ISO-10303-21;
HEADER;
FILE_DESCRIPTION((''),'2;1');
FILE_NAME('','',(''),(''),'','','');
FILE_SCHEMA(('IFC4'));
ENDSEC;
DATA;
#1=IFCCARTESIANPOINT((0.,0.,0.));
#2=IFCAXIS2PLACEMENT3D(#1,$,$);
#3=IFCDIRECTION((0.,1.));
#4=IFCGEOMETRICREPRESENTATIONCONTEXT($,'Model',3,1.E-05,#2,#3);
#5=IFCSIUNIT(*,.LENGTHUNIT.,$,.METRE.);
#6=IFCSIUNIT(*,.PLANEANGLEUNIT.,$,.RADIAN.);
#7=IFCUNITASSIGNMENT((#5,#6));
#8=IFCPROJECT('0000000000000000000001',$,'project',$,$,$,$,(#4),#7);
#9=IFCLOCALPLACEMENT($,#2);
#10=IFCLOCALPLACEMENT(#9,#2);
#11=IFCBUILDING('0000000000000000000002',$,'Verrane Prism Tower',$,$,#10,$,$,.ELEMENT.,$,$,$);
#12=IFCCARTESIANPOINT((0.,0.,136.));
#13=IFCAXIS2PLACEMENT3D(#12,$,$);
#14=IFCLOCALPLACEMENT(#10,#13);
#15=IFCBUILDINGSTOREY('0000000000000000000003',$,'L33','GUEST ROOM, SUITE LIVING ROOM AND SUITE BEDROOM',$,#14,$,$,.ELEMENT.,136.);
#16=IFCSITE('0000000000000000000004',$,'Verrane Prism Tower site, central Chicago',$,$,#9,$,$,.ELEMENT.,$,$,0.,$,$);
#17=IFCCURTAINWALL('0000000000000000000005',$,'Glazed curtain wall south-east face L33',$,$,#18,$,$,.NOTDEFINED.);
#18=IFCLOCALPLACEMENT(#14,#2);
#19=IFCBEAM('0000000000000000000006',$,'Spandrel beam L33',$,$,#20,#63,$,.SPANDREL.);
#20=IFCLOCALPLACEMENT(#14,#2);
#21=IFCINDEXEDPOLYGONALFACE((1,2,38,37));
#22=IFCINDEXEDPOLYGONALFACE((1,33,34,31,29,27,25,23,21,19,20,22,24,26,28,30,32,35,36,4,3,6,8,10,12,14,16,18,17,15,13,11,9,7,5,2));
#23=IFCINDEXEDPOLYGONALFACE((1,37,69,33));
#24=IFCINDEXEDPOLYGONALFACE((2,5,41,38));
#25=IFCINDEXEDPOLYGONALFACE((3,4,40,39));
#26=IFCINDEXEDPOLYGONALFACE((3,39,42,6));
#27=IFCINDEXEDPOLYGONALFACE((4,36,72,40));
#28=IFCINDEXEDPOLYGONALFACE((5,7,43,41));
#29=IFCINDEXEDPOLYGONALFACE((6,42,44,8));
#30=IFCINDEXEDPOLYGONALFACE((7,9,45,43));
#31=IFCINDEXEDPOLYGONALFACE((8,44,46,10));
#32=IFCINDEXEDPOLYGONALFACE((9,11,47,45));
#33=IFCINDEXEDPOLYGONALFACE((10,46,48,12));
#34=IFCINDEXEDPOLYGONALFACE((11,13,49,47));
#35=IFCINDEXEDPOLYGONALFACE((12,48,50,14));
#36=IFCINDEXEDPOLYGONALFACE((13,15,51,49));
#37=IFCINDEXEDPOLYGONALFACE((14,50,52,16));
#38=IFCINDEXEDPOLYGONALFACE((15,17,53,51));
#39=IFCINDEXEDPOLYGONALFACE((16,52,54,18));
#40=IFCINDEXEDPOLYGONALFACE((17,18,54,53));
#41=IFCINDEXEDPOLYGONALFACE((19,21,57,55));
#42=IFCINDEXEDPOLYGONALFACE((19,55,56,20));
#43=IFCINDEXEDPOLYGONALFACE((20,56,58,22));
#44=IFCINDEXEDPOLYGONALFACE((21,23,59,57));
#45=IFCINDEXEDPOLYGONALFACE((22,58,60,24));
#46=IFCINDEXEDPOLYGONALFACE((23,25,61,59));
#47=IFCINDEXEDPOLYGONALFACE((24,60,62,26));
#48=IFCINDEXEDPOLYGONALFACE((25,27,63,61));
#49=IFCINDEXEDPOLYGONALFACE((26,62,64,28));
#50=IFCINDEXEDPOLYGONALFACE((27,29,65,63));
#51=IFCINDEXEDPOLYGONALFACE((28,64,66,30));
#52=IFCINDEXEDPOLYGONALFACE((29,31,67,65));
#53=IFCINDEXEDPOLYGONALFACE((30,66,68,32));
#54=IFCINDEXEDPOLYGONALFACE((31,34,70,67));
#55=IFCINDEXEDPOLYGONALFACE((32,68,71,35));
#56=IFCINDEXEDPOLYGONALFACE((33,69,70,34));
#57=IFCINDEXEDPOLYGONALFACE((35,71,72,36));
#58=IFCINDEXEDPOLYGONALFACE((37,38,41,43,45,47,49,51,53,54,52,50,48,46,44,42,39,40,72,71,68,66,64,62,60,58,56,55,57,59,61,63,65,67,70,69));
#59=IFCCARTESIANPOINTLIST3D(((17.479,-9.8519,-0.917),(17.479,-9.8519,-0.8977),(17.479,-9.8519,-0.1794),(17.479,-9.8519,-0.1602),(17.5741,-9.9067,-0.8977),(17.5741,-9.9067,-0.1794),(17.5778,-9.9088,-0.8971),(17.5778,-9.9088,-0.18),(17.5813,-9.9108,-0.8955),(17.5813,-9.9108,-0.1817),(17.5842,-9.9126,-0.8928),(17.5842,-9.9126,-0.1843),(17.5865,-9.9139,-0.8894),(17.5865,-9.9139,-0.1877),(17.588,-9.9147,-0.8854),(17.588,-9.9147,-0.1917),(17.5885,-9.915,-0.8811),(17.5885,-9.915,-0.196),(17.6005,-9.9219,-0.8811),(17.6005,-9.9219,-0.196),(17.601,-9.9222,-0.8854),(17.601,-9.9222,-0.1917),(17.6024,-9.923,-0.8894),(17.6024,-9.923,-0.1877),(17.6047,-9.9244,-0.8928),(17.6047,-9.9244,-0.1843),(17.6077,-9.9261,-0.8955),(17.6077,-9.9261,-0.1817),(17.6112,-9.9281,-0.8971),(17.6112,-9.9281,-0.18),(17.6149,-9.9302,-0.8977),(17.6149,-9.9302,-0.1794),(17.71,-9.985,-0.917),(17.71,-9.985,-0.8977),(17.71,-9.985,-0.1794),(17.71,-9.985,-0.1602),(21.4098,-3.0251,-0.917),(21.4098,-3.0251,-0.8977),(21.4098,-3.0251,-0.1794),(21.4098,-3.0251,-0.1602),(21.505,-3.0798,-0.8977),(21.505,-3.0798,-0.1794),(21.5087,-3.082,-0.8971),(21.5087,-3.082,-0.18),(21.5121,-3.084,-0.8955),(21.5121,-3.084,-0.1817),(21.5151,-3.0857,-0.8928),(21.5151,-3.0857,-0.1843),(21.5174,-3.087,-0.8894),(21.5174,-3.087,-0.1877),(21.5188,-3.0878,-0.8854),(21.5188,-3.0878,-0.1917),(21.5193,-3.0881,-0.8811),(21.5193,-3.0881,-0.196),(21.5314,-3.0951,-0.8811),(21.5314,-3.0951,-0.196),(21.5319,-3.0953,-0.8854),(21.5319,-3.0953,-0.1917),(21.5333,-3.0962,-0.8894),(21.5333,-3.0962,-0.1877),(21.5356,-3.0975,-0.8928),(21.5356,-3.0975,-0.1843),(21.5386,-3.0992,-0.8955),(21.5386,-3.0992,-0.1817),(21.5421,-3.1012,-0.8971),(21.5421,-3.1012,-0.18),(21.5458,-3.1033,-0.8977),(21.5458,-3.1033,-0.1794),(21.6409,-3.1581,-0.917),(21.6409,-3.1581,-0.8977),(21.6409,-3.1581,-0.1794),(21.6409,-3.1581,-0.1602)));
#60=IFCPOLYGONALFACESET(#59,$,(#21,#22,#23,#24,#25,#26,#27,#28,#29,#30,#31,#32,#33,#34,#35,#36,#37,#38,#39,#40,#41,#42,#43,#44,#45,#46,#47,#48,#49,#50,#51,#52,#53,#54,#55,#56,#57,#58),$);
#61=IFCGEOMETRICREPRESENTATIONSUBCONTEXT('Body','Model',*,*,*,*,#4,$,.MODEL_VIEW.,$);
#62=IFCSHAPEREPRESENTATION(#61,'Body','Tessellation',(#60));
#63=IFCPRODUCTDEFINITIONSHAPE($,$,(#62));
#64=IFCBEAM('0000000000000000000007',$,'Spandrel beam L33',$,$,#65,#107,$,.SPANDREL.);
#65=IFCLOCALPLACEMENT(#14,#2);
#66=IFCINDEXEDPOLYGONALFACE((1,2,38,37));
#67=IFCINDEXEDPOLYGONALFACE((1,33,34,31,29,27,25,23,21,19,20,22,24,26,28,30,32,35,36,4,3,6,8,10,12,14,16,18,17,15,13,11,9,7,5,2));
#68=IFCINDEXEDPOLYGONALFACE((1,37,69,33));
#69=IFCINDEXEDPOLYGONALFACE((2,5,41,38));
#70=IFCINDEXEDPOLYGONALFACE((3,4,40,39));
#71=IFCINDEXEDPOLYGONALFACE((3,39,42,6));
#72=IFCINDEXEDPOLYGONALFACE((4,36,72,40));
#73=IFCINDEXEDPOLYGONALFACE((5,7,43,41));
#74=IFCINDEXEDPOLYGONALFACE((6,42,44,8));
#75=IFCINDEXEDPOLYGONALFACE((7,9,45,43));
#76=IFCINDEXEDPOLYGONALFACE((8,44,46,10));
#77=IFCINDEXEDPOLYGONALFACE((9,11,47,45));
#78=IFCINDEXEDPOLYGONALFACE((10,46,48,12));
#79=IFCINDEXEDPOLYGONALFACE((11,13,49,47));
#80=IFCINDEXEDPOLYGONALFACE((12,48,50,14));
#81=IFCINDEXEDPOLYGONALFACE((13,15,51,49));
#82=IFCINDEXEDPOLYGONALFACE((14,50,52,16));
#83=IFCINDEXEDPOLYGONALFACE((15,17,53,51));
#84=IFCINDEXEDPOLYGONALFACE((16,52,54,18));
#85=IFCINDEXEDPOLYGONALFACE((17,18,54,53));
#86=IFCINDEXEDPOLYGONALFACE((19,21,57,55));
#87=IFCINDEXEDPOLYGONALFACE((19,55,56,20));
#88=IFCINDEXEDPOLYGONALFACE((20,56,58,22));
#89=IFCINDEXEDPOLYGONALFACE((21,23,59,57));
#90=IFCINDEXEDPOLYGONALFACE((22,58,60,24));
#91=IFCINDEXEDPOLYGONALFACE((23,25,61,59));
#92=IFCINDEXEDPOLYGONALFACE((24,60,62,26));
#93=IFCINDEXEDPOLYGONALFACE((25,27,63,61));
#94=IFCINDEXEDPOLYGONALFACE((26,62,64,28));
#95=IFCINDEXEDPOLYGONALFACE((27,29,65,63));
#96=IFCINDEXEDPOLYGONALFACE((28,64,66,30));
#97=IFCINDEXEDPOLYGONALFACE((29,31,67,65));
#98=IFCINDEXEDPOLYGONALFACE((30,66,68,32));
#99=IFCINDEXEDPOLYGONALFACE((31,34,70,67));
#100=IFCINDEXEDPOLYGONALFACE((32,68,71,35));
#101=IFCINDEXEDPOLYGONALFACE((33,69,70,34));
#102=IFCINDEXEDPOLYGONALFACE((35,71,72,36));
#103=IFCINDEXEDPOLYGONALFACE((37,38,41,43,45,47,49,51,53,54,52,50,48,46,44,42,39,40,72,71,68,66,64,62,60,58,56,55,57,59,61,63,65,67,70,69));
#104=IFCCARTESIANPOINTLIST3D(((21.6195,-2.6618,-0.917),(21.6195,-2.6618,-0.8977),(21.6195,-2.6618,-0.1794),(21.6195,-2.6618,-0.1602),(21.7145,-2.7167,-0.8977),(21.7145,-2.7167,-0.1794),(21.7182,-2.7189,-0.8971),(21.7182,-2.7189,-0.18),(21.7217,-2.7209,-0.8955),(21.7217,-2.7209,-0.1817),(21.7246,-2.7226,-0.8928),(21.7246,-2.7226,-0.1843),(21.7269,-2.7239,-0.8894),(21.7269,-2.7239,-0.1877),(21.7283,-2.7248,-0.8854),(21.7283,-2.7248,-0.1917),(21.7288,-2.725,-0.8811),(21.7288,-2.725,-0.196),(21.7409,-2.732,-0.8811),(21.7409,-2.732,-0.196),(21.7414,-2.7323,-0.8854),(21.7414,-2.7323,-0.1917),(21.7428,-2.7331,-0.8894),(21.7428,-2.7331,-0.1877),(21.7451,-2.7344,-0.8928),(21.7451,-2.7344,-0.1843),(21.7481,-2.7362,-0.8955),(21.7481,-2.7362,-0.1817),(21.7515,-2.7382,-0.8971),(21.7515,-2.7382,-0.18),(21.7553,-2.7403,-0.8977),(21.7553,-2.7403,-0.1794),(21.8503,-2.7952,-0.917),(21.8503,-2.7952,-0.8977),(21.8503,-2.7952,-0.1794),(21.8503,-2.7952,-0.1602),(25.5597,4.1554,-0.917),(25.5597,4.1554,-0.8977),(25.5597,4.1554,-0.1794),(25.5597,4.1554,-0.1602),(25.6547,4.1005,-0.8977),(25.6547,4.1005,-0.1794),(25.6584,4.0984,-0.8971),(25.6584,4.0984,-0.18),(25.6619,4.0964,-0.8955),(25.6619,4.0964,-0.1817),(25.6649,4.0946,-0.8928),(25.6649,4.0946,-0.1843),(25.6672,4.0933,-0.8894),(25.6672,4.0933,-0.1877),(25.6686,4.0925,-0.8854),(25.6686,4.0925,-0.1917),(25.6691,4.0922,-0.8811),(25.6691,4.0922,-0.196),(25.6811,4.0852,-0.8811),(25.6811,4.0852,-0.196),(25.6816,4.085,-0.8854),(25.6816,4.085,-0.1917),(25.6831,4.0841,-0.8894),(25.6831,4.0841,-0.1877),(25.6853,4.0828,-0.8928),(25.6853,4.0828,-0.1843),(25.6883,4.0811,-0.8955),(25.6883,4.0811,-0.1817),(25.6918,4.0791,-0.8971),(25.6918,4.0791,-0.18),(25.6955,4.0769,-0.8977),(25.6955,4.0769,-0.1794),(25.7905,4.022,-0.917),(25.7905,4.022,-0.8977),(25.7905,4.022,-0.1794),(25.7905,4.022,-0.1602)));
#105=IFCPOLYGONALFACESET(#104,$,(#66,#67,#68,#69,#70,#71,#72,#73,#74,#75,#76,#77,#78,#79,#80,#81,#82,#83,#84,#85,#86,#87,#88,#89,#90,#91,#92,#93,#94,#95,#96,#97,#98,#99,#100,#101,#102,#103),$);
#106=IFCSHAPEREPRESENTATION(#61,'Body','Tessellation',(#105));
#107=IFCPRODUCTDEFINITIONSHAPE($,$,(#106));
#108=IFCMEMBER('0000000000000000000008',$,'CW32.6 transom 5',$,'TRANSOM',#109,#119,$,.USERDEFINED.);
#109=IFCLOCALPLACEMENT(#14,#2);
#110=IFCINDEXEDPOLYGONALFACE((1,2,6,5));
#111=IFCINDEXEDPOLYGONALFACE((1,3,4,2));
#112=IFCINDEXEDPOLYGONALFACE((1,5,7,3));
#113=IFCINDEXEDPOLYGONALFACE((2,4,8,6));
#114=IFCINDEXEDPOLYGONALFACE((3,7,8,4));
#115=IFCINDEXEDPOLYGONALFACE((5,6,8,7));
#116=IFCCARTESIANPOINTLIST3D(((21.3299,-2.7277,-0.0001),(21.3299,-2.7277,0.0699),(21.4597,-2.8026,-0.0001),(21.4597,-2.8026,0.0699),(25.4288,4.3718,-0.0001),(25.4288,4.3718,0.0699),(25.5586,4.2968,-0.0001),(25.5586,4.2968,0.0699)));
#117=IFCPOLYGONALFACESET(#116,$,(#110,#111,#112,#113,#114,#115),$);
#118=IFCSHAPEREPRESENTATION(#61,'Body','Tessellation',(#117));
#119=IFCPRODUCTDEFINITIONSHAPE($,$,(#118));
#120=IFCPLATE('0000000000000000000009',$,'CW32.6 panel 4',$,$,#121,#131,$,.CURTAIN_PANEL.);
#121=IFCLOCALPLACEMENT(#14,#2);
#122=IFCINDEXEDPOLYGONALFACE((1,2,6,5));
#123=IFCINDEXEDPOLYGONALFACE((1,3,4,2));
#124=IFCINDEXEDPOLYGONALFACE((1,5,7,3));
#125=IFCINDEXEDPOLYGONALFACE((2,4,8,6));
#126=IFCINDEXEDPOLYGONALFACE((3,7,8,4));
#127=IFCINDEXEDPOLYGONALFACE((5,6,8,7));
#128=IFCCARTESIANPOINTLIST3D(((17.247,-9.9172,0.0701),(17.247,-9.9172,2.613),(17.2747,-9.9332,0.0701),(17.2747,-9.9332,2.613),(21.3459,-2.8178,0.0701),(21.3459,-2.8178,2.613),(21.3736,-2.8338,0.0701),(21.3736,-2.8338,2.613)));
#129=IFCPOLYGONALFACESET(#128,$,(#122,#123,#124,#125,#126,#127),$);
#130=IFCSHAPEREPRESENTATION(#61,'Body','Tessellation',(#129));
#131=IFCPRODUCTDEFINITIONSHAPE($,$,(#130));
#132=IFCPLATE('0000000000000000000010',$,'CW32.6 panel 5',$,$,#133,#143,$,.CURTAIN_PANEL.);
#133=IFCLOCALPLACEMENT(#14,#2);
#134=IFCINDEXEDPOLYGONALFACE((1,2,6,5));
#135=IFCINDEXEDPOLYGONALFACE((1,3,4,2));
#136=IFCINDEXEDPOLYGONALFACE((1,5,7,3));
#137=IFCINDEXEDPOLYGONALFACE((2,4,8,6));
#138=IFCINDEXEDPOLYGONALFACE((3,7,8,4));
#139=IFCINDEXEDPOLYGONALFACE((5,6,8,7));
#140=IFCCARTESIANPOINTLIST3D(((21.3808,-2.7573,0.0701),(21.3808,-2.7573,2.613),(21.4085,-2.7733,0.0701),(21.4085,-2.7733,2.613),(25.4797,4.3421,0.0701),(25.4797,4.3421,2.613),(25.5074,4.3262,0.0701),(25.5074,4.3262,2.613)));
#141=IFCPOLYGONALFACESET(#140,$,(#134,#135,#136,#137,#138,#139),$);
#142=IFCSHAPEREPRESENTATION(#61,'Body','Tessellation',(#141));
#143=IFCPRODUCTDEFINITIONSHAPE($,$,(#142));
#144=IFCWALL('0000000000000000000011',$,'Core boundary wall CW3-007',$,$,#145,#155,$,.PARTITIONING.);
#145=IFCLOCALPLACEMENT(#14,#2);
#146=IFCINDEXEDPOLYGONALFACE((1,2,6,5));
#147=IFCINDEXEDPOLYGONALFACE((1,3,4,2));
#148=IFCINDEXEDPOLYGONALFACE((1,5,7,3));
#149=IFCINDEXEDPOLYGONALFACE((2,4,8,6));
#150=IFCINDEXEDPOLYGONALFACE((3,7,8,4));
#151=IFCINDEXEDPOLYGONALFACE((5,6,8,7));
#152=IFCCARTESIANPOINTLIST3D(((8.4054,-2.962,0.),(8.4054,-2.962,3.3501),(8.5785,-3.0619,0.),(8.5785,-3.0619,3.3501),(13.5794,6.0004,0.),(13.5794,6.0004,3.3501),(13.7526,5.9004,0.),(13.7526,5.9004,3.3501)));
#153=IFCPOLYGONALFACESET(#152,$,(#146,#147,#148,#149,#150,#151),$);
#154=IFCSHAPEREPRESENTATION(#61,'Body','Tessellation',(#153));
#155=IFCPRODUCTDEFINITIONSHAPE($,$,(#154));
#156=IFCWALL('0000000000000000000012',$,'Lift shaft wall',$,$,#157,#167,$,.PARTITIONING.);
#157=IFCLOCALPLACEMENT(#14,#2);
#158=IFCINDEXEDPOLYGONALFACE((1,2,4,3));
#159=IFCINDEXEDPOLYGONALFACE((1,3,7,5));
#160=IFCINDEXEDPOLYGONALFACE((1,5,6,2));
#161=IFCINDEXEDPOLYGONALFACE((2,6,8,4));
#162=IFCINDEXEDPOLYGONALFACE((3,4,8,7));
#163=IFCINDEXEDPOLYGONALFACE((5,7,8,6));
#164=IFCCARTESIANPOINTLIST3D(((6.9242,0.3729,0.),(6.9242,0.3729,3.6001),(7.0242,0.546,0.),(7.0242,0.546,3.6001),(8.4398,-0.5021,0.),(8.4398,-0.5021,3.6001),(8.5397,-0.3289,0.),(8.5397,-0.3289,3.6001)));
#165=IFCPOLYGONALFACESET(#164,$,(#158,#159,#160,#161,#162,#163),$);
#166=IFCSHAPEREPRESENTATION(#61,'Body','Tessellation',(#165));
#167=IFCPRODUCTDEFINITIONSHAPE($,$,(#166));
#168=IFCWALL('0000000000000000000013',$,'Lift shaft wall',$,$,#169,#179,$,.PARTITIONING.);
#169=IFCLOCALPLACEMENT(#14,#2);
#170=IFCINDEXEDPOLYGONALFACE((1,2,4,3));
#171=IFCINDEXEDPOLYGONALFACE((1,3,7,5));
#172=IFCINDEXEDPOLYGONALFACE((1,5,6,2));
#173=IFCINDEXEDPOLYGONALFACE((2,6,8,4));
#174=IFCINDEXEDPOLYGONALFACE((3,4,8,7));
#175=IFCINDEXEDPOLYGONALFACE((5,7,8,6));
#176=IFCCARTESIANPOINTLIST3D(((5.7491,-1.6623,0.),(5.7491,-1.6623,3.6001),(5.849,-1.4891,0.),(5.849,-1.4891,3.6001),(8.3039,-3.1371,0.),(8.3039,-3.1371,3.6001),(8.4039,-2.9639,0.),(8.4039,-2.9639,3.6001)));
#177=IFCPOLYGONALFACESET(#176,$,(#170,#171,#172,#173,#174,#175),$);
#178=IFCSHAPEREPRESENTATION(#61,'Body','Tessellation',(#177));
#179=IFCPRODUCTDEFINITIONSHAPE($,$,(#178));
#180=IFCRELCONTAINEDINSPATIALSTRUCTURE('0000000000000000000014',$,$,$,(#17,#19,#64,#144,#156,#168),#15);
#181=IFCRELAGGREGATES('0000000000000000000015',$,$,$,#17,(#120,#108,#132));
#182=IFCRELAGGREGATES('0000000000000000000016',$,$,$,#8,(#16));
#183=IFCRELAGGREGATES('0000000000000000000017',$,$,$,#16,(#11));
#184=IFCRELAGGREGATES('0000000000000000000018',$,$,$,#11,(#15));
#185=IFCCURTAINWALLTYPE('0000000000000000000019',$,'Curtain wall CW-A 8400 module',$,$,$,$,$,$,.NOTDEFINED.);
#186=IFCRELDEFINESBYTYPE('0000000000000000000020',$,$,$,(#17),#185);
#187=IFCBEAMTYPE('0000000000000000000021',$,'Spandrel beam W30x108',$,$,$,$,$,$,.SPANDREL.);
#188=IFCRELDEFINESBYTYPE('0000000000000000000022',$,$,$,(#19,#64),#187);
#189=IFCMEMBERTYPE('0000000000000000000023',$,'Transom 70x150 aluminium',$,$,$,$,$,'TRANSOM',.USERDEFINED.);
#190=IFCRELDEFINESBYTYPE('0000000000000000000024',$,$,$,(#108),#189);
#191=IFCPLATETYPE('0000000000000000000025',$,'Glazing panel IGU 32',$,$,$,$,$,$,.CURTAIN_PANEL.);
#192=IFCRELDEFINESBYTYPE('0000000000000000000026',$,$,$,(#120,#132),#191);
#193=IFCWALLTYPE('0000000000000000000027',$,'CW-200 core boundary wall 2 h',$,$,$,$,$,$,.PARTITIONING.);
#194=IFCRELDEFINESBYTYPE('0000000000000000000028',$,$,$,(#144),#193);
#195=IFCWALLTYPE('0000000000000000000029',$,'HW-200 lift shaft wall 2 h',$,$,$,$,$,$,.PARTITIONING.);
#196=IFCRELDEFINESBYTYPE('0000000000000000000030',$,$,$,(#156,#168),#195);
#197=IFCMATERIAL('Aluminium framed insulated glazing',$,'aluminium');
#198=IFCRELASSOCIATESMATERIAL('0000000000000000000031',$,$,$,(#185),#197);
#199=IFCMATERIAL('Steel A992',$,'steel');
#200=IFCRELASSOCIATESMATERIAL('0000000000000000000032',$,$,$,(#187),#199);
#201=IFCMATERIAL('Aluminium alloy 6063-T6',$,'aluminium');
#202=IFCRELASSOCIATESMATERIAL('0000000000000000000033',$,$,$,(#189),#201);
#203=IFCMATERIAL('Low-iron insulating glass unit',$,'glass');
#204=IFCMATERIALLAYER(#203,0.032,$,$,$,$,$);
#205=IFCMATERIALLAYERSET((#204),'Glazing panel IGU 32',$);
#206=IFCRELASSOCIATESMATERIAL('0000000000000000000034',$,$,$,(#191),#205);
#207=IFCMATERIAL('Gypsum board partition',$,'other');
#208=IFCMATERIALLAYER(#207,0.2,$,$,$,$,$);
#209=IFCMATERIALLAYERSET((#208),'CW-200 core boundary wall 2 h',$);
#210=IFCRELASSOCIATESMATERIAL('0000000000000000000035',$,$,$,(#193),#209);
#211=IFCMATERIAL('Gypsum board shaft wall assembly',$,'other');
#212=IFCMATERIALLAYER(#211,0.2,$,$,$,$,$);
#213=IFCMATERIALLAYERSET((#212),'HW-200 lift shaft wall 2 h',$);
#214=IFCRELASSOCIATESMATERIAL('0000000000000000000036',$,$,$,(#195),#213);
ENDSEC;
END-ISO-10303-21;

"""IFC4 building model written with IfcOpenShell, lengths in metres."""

from ifc_helpers import new_model, si_unit, direction, frame, frame_2d, origin, origin_2d, place, context, subcontext, project, spatial, rectangle, i_section, extrude, material, layer, layer_set, material_profile, profile_set, type_object, element, aggregate, save


model = new_model("IFC4")

# Units and contexts
model_context = context("Model", 3, precision=1e-05, world=origin(), true_north=direction((0.0, 1.0)))
body_context = subcontext(model_context, "Body", "Model", "MODEL_VIEW")
ifc_project = project(units=[si_unit("LENGTHUNIT", "METRE"), si_unit("PLANEANGLEUNIT", "RADIAN")], contexts=[model_context])

# Site, building, storey
site_placement = place(None, origin())
site = spatial("IfcSite", under=ifc_project, at=site_placement, Name="Verrane Prism Tower site, central Chicago", CompositionType="ELEMENT", RefElevation=0.0)
building_placement = place(site_placement, origin())
building = spatial("IfcBuilding", under=site, at=building_placement, Name="Verrane Prism Tower", CompositionType="ELEMENT")
storey_placement = place(building_placement, frame((0.0, 0.0, 136.0)))
storey = spatial("IfcBuildingStorey", under=building, at=storey_placement, Name="L33", Description="GUEST ROOM, SUITE LIVING ROOM AND SUITE BEDROOM", CompositionType="ELEMENT", Elevation=136.0)

# Curtain wall
ifc_material_1 = material(Name="Aluminium framed insulated glazing", Category="aluminium")
curtain_wall_type = type_object("IfcCurtainWallType", Name="Curtain wall CW-A 8400 module", PredefinedType="NOTDEFINED", material=ifc_material_1)
curtain_wall_placement = place(storey_placement, origin())
curtain_wall = element("IfcCurtainWall", 1, at=curtain_wall_placement, inside=storey, type_object=curtain_wall_type, Name="Glazed curtain wall south-east face L33", PredefinedType="NOTDEFINED")

# Beams
ifc_material_2 = material(Name="Steel A992", Category="steel")
ifc_material_profile_1 = material_profile(ifc_material_2, i_section(OverallWidth=0.2666, OverallDepth=0.7568, WebThickness=0.0139, FlangeThickness=0.0193, FilletRadius=0.0166, at=origin_2d()), Name="W30x108")
ifc_profile_set_1 = profile_set([ifc_material_profile_1], Name="Steel A992")
beam_type_1 = type_object("IfcBeamType", Name="Spandrel beam W30x108", PredefinedType="SPANDREL", material=ifc_profile_set_1)
beam_1_placement = place(storey_placement, frame((17.5945, -9.9185, -0.5386), z_axis=(0.49899, 0.866608, 0.0), x_axis=(-0.866608, 0.49899, 0.0)))
element("IfcBeam", 2, at=beam_1_placement, inside=storey, type_object=beam_type_1, Name="Spandrel beam L33", PredefinedType="SPANDREL", context=body_context, shape_type="SweptSolid", body=[
    extrude(i_section(OverallWidth=0.2666, OverallDepth=0.7568, WebThickness=0.0139, FlangeThickness=0.0193, FilletRadius=0.0166, at=origin_2d()), origin(), (0.0, 0.0, 1.0), 7.8777),
])
beam_2_placement = place(storey_placement, frame((21.7349, -2.7285, -0.5386), z_axis=(0.50041, 0.865788, 0.0), x_axis=(-0.865788, 0.50041, 0.0)))
element("IfcBeam", 3, at=beam_2_placement, inside=storey, type_object=beam_type_1, Name="Spandrel beam L33", PredefinedType="SPANDREL", context=body_context, shape_type="SweptSolid", body=[
    extrude(i_section(OverallWidth=0.2666, OverallDepth=0.7568, WebThickness=0.0139, FlangeThickness=0.0193, FilletRadius=0.0166, at=origin_2d()), origin(), (0.0, 0.0, 1.0), 7.874),
])

# Member
ifc_material_3 = material(Name="Aluminium alloy 6063-T6", Category="aluminium")
ifc_material_profile_2 = material_profile(ifc_material_3, rectangle(XDim=0.1499, YDim=0.0701, at=origin_2d()), Name="Transom 70x150 aluminium")
ifc_profile_set_2 = profile_set([ifc_material_profile_2], Name="Aluminium alloy 6063-T6")
member_type_1 = type_object("IfcMemberType", Name="Transom 70x150 aluminium", ElementType="TRANSOM", PredefinedType="USERDEFINED", material=ifc_profile_set_2)
member_1_placement = place(storey_placement, frame((21.3948, -2.7651, 0.0349), z_axis=(0.500005, 0.866022, 0.0), x_axis=(-0.866022, 0.500005, 0.0)))
member_1 = element("IfcMember", 4, at=member_1_placement, type_object=member_type_1, Name="CW32.6 transom 5", ObjectType="TRANSOM", PredefinedType="USERDEFINED", context=body_context, shape_type="SweptSolid", body=[
    extrude(rectangle(XDim=0.1499, YDim=0.0701, at=origin_2d()), origin(), (0.0, 0.0, 1.0), 8.1978),
])

# Plates
ifc_material_4 = material(Name="Low-iron insulating glass unit", Category="glass")
ifc_layer_1 = layer(ifc_material_4, 0.032)
ifc_layer_set_1 = layer_set([ifc_layer_1], Name="Glazing panel IGU 32")
plate_type = type_object("IfcPlateType", Name="Glazing panel IGU 32", PredefinedType="CURTAIN_PANEL", material=ifc_layer_set_1)
plate_1_placement = place(storey_placement, frame((19.3103, -6.3755, 0.0701), z_axis=(0.0, 0.0, 1.0), x_axis=(0.5, 0.866025, 0.0)))
plate_1 = element("IfcPlate", 5, at=plate_1_placement, type_object=plate_type, Name="CW32.6 panel 4", PredefinedType="CURTAIN_PANEL", context=body_context, shape_type="SweptSolid", body=[
    extrude(rectangle(XDim=8.1978, YDim=0.032, at=origin_2d()), origin(), (0.0, 0.0, 1.0), 2.543),
])
plate_2_placement = place(storey_placement, frame((23.4441, 0.7844, 0.0701), z_axis=(0.0, 0.0, 1.0), x_axis=(0.5, 0.866025, 0.0)))
plate_2 = element("IfcPlate", 6, at=plate_2_placement, type_object=plate_type, Name="CW32.6 panel 5", PredefinedType="CURTAIN_PANEL", context=body_context, shape_type="SweptSolid", body=[
    extrude(rectangle(XDim=8.1978, YDim=0.032, at=origin_2d()), origin(), (0.0, 0.0, 1.0), 2.543),
])
aggregate(curtain_wall, [plate_1, member_1, plate_2])

# Walls
ifc_material_5 = material(Name="Gypsum board partition", Category="other")
ifc_layer_2 = layer(ifc_material_5, 0.2)
ifc_layer_set_2 = layer_set([ifc_layer_2], Name="CW-200 core boundary wall 2 h")
wall_type_1 = type_object("IfcWallType", Name="CW-200 core boundary wall 2 h", PredefinedType="PARTITIONING", material=ifc_layer_set_2)
wall_1_placement = place(storey_placement, frame((8.4919, -3.012, 0.0), z_axis=(0.0, 0.0, 1.0), x_axis=(0.499973, 0.866041, 0.0)))
element("IfcWall", 7, at=wall_1_placement, inside=storey, type_object=wall_type_1, Name="Core boundary wall CW3-007", PredefinedType="PARTITIONING", context=body_context, shape_type="SweptSolid", body=[
    extrude(rectangle(XDim=10.3486, YDim=0.2, at=frame_2d((5.1743, 0.0))), origin(), (0.0, 0.0, 1.0), 3.3501),
])
ifc_material_6 = material(Name="Gypsum board shaft wall assembly", Category="other")
ifc_layer_3 = layer(ifc_material_6, 0.2)
ifc_layer_set_3 = layer_set([ifc_layer_3], Name="HW-200 lift shaft wall 2 h")
wall_type_2 = type_object("IfcWallType", Name="HW-200 lift shaft wall 2 h", PredefinedType="PARTITIONING", material=ifc_layer_set_3)
wall_2_placement = place(storey_placement, frame((8.4897, -0.4155, 0.0), z_axis=(0.0, 0.0, 1.0), x_axis=(-0.866037, 0.49998, 0.0)))
element("IfcWall", 8, at=wall_2_placement, inside=storey, type_object=wall_type_2, Name="Lift shaft wall", PredefinedType="PARTITIONING", context=body_context, shape_type="SweptSolid", body=[
    extrude(rectangle(XDim=1.75, YDim=0.2, at=frame_2d((0.875, 0.0))), origin(), (0.0, 0.0, 1.0), 3.6001),
])
wall_3_placement = place(storey_placement, frame((8.354, -3.0505, 0.0), z_axis=(0.0, 0.0, 1.0), x_axis=(-0.86606, 0.49994, 0.0)))
element("IfcWall", 9, at=wall_3_placement, inside=storey, type_object=wall_type_2, Name="Lift shaft wall", PredefinedType="PARTITIONING", context=body_context, shape_type="SweptSolid", body=[
    extrude(rectangle(XDim=2.95, YDim=0.2, at=frame_2d((1.4751, 0.0))), origin(), (0.0, 0.0, 1.0), 3.6001),
])

save(model, "model.ifc")
